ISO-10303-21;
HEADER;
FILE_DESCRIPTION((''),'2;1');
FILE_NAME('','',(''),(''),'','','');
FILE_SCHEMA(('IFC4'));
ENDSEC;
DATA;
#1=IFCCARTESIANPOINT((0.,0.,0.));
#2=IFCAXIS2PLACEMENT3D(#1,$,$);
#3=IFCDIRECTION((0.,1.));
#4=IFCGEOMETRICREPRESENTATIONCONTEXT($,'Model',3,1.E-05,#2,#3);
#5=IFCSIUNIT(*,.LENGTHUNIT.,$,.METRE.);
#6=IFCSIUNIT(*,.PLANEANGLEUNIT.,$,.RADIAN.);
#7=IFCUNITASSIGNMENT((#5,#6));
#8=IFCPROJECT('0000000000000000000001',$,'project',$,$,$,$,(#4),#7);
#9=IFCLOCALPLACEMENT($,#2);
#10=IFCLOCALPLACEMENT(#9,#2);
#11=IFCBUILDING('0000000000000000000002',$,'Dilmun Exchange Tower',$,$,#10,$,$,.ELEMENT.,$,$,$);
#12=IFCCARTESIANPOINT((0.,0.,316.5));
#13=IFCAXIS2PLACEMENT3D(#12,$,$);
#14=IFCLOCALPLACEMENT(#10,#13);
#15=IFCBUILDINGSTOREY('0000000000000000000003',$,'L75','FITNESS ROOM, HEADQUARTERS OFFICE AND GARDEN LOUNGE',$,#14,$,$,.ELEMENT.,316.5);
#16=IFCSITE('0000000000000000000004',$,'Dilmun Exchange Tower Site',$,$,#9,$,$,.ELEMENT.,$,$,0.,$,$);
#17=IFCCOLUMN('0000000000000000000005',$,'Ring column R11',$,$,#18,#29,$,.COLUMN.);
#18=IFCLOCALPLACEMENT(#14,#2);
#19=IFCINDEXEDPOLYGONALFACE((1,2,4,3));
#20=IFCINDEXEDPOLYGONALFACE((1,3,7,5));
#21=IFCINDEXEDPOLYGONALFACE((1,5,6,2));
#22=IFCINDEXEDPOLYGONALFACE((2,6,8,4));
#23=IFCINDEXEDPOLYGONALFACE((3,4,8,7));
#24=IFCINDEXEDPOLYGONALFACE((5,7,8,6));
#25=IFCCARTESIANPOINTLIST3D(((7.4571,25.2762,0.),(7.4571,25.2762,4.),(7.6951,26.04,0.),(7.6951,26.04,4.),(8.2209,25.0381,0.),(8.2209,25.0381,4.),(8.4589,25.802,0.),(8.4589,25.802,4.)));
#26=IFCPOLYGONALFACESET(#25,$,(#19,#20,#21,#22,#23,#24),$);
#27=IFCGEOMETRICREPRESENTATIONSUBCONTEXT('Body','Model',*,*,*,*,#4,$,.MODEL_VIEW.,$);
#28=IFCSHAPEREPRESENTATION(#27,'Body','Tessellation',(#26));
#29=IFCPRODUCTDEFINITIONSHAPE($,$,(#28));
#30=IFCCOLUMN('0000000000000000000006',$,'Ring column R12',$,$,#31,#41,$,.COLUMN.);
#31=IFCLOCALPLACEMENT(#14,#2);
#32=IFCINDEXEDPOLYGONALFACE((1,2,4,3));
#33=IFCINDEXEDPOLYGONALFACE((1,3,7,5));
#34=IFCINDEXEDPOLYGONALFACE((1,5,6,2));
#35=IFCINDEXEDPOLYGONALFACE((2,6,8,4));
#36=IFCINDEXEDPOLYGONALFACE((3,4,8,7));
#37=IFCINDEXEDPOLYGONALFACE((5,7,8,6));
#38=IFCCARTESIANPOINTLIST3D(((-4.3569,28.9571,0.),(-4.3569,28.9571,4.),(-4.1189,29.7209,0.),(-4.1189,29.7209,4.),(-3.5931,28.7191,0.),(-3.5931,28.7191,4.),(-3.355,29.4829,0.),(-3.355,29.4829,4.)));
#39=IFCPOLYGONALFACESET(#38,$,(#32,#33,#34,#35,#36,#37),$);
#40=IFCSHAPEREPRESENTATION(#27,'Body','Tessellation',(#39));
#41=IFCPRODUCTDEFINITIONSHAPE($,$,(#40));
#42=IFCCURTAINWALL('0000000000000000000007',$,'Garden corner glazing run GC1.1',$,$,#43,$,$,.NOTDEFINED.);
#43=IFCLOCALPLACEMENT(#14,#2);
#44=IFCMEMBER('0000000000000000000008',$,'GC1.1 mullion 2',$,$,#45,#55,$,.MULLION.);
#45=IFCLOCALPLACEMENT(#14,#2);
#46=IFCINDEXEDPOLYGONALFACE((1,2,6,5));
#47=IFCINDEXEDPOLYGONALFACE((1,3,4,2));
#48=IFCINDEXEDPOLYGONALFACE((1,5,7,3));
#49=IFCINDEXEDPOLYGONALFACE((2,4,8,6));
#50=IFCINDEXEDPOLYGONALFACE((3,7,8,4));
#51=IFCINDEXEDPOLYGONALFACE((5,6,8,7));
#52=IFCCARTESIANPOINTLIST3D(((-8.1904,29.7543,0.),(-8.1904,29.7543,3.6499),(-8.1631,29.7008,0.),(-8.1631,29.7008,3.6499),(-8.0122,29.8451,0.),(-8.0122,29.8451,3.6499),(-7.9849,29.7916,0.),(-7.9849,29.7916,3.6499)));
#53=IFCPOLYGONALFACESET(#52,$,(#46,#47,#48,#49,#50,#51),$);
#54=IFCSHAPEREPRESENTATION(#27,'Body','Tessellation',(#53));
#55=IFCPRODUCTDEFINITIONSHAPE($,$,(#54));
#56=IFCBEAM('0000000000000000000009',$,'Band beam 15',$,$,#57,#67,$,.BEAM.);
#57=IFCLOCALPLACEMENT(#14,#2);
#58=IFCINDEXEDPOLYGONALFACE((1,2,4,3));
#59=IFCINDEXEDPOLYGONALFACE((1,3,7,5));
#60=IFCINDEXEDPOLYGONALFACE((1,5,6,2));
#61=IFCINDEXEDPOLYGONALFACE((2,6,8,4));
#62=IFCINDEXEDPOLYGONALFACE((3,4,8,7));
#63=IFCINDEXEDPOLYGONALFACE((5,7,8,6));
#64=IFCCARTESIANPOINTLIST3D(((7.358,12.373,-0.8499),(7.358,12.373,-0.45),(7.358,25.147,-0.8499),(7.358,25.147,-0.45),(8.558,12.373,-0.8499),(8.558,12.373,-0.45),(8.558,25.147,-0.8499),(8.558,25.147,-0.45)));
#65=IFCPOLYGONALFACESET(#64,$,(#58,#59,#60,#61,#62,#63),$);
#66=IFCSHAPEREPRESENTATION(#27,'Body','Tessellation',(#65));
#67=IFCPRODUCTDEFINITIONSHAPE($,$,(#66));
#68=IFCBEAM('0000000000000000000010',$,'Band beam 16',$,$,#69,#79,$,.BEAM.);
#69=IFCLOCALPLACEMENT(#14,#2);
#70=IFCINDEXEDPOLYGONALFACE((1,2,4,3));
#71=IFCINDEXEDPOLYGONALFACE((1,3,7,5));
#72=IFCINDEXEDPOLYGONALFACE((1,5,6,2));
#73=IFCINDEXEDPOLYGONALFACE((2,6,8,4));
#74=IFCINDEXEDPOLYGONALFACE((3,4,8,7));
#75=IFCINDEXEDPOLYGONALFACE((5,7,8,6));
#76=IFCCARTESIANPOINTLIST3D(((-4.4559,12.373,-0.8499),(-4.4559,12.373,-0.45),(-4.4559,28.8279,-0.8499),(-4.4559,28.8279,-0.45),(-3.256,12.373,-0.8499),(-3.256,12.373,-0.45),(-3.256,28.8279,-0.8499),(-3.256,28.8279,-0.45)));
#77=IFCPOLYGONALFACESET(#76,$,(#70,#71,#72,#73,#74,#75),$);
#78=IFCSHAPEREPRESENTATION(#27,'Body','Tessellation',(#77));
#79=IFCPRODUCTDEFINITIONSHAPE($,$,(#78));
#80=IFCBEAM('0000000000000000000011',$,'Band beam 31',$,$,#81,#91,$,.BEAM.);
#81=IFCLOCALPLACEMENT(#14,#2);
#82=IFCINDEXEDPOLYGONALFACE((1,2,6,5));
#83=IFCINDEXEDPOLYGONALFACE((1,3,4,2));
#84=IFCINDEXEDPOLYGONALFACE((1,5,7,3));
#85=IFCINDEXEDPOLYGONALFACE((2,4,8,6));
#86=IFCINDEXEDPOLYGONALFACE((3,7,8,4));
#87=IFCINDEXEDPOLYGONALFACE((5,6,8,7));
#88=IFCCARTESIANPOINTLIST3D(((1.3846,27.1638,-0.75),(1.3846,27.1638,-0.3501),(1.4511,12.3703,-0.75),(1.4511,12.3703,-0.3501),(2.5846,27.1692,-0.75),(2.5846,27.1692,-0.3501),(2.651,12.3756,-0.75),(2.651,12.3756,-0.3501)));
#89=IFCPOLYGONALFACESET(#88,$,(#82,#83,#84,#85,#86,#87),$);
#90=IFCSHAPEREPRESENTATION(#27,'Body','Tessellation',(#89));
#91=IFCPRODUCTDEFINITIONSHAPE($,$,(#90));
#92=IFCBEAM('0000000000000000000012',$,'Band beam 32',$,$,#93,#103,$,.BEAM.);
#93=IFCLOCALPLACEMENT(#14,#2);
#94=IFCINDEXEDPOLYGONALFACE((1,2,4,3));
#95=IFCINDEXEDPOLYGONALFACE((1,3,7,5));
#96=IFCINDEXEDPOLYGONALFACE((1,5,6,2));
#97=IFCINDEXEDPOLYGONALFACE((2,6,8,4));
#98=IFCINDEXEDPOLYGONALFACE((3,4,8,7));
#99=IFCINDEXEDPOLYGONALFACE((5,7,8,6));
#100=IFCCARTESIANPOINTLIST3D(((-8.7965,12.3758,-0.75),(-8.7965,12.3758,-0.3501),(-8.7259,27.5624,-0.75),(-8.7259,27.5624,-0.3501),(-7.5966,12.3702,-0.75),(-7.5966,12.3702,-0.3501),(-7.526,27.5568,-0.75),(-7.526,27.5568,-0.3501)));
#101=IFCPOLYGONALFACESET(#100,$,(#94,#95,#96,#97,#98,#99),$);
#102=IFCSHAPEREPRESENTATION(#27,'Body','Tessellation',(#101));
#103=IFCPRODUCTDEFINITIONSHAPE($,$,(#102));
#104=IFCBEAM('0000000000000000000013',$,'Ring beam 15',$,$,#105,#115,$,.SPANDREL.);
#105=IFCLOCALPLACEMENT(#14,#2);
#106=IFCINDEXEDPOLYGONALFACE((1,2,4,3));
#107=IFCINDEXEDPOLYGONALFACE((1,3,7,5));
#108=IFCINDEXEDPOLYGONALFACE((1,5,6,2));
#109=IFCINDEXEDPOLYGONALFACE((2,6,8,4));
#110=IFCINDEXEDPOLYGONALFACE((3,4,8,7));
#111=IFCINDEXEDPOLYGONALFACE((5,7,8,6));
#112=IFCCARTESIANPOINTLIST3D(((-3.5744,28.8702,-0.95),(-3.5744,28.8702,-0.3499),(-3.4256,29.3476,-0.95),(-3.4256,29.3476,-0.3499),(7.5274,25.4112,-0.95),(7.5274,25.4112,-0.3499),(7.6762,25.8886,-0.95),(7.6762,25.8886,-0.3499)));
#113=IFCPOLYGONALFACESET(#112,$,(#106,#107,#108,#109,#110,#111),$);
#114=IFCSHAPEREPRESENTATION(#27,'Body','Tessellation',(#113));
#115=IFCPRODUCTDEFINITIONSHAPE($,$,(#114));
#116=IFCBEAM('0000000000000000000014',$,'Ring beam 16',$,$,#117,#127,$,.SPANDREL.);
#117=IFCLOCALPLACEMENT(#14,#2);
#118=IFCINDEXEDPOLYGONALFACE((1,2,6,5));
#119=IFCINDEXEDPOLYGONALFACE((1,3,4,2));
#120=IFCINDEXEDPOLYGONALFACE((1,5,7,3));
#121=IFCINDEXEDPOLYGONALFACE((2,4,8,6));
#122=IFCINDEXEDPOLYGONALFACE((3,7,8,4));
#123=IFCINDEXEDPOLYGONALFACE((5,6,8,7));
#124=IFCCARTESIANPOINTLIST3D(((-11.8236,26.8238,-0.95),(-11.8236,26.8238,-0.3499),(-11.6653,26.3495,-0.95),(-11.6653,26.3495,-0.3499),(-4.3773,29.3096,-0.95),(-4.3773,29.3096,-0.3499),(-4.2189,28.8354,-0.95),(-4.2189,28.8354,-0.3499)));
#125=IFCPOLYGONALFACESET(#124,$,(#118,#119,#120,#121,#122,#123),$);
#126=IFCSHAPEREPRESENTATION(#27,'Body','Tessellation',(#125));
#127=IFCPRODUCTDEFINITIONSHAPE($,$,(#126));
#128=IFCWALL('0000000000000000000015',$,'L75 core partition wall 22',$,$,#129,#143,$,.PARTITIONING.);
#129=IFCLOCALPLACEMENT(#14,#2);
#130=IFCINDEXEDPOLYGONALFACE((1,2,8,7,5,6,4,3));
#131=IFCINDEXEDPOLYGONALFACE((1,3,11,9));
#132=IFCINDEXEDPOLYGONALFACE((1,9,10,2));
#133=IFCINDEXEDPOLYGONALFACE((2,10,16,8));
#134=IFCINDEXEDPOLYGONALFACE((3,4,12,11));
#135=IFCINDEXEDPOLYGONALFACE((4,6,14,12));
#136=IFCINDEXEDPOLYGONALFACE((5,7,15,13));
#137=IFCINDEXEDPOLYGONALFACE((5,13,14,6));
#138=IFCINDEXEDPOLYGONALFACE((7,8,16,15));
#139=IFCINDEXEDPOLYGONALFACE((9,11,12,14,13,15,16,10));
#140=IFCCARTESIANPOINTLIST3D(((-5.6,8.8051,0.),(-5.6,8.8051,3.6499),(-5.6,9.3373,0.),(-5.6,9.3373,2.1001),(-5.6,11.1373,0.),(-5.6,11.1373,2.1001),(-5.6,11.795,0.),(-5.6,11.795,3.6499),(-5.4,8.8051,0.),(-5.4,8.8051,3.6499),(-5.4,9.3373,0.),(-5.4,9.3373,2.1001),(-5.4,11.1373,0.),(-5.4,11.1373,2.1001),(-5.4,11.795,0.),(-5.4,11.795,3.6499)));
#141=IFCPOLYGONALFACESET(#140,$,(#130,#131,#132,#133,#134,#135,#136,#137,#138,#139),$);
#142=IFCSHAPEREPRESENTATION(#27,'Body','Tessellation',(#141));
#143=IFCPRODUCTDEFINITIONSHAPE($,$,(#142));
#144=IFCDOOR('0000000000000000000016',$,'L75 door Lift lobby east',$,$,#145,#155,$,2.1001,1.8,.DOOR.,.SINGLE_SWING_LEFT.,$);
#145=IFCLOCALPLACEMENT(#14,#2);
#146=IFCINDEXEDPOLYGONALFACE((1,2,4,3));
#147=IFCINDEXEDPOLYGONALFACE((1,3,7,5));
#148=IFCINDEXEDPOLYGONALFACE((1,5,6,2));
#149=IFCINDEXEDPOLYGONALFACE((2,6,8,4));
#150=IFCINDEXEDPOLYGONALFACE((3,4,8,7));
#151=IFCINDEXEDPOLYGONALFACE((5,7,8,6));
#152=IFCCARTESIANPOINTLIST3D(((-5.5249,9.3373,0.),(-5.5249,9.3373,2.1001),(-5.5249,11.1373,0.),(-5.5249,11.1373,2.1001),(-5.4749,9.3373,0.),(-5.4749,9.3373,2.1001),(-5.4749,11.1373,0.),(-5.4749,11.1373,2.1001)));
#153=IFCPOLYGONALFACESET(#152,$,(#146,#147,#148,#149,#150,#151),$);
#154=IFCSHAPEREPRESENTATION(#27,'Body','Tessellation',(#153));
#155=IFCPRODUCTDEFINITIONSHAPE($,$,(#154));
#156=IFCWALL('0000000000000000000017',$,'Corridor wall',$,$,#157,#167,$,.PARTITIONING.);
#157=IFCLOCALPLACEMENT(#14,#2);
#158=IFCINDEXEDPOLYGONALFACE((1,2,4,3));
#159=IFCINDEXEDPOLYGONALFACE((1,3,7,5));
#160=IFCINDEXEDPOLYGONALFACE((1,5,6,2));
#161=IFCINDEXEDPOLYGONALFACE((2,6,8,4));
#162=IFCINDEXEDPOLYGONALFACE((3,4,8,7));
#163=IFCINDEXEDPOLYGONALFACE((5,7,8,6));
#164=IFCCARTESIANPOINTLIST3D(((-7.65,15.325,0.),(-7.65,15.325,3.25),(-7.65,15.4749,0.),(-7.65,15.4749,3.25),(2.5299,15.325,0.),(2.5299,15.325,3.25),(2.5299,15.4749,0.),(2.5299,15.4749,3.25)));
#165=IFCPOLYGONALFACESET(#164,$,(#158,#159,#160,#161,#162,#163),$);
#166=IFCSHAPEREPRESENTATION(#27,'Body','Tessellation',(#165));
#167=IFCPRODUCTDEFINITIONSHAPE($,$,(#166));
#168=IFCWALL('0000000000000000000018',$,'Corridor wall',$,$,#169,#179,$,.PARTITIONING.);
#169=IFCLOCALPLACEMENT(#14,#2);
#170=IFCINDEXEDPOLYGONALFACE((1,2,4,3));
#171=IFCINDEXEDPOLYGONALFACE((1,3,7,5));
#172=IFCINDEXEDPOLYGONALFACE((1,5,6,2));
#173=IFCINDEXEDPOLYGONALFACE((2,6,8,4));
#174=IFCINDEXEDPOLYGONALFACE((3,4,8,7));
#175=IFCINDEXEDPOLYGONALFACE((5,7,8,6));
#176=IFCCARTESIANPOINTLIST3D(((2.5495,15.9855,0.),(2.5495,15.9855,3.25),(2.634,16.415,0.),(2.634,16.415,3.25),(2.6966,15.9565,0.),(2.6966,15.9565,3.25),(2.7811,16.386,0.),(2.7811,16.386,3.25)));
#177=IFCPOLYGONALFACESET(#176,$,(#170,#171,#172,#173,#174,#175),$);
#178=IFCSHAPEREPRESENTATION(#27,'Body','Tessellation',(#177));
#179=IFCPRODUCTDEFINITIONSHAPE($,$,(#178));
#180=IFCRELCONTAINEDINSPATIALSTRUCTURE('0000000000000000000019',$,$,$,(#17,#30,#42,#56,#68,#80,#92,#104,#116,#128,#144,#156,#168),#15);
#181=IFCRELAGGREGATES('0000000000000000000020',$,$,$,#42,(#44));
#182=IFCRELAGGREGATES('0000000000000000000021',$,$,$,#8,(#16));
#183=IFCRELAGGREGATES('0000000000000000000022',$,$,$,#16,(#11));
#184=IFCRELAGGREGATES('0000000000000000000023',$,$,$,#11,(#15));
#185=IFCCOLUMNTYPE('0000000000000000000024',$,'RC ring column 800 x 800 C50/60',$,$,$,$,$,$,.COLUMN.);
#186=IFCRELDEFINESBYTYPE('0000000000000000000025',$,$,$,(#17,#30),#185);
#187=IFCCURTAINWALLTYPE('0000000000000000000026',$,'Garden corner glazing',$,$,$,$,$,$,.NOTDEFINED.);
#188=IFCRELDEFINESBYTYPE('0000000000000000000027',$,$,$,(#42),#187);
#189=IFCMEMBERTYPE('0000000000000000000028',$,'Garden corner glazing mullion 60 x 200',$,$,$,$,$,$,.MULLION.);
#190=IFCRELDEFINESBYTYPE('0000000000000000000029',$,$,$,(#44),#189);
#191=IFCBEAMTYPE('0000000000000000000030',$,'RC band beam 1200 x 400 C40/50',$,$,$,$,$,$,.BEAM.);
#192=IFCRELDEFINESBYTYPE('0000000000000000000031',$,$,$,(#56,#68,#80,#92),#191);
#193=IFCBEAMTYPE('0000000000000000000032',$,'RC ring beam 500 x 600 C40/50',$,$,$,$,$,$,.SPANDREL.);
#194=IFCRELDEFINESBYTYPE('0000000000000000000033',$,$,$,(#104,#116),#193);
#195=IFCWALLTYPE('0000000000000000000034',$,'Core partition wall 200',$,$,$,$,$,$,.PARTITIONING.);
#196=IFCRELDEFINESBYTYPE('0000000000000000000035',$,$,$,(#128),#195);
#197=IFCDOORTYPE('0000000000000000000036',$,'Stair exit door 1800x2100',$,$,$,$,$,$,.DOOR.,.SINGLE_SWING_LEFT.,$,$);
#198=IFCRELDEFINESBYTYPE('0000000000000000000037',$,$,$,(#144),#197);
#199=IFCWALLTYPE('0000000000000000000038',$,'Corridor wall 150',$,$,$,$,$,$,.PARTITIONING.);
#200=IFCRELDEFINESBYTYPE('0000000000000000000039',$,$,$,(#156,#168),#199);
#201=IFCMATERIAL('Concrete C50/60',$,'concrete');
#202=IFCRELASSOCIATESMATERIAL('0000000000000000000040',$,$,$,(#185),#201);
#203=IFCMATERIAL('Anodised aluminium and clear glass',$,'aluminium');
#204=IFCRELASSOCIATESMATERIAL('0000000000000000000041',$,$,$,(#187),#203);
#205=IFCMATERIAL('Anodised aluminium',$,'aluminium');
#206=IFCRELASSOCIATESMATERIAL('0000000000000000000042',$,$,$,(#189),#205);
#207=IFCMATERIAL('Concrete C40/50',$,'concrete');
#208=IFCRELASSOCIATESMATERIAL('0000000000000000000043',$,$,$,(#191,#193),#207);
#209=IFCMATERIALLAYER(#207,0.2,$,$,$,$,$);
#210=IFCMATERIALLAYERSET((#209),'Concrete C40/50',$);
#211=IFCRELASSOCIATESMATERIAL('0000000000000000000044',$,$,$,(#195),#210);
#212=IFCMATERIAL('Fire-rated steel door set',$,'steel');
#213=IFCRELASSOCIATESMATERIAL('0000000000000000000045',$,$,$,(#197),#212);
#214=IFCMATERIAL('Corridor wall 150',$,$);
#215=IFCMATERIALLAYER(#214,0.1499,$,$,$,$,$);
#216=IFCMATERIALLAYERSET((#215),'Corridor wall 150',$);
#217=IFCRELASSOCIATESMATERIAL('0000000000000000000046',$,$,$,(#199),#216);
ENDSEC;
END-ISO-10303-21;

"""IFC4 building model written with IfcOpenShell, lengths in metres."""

from ifc_helpers import new_model, si_unit, direction, frame, frame_2d, origin, origin_2d, place, context, subcontext, project, spatial, rectangle, extrude, material, layer, layer_set, material_profile, profile_set, type_object, element, fill, aggregate, save


model = new_model("IFC4")

# Units and contexts
model_context = context("Model", 3, precision=1e-05, world=origin(), true_north=direction((0.0, 1.0)))
body_context = subcontext(model_context, "Body", "Model", "MODEL_VIEW")
ifc_project = project(units=[si_unit("LENGTHUNIT", "METRE"), si_unit("PLANEANGLEUNIT", "RADIAN")], contexts=[model_context])

# Site, building, storey
site_placement = place(None, origin())
site = spatial("IfcSite", under=ifc_project, at=site_placement, Name="Dilmun Exchange Tower Site", CompositionType="ELEMENT", RefElevation=0.0)
building_placement = place(site_placement, origin())
building = spatial("IfcBuilding", under=site, at=building_placement, Name="Dilmun Exchange Tower", CompositionType="ELEMENT")
storey_placement = place(building_placement, frame((0.0, 0.0, 316.5)))
storey = spatial("IfcBuildingStorey", under=building, at=storey_placement, Name="L75", Description="FITNESS ROOM, HEADQUARTERS OFFICE AND GARDEN LOUNGE", CompositionType="ELEMENT", Elevation=316.5)

# Columns
ifc_material_1 = material(Name="Concrete C50/60", Category="concrete")
ifc_material_profile_1 = material_profile(ifc_material_1, rectangle(XDim=0.8, YDim=0.8, at=origin_2d()), Name="800 x 800")
ifc_profile_set_1 = profile_set([ifc_material_profile_1], Name="Concrete C50/60")
column_type = type_object("IfcColumnType", Name="RC ring column 800 x 800 C50/60", PredefinedType="COLUMN", material=ifc_profile_set_1)
for number, where, z_axis, x_axis, name in (
    (1, (7.958, 25.5391, 0.0), (0.0, 0.0, 1.0), (0.297503, 0.954721, 0.0), "Ring column R11"),
    (2, (-3.856, 29.22, 0.0), (0.0, 0.0, 1.0), (0.297503, 0.954721, 0.0), "Ring column R12"),
):
    element("IfcColumn", number, at=place(storey_placement, frame(where, z_axis=z_axis, x_axis=x_axis)), inside=storey, type_object=column_type, Name=name, PredefinedType="COLUMN", context=body_context, shape_type="SweptSolid", body=[
        extrude(rectangle(XDim=0.8, YDim=0.8, at=origin_2d()), origin(), (0.0, 0.0, 1.0), 4.0),
    ])

# Curtain wall, member
ifc_material_2 = material(Name="Anodised aluminium and clear glass", Category="aluminium")
curtain_wall_type = type_object("IfcCurtainWallType", Name="Garden corner glazing", PredefinedType="NOTDEFINED", material=ifc_material_2)
curtain_wall_placement = place(storey_placement, origin())
curtain_wall = element("IfcCurtainWall", 3, at=curtain_wall_placement, inside=storey, type_object=curtain_wall_type, Name="Garden corner glazing run GC1.1", PredefinedType="NOTDEFINED")
ifc_material_3 = material(Name="Anodised aluminium", Category="aluminium")
ifc_material_profile_2 = material_profile(ifc_material_3, rectangle(XDim=0.2, YDim=0.0601, at=origin_2d()), Name="AL 60x200")
ifc_profile_set_2 = profile_set([ifc_material_profile_2], Name="Anodised aluminium")
member_type = type_object("IfcMemberType", Name="Garden corner glazing mullion 60 x 200", PredefinedType="MULLION", material=ifc_profile_set_2)
member_placement = place(storey_placement, frame((-8.0876, 29.7729, 0.0), z_axis=(0.0, 0.0, 1.0), x_axis=(0.891011, 0.453982, 0.0)))
member = element("IfcMember", 4, at=member_placement, type_object=member_type, Name="GC1.1 mullion 2", PredefinedType="MULLION", context=body_context, shape_type="SweptSolid", body=[
    extrude(rectangle(XDim=0.2, YDim=0.0601, at=origin_2d()), origin(), (0.0, 0.0, 1.0), 3.6499),
])
aggregate(curtain_wall, [member])

# Beams
ifc_material_4 = material(Name="Concrete C40/50", Category="concrete")
ifc_material_profile_3 = material_profile(ifc_material_4, rectangle(XDim=1.2, YDim=0.3999, at=origin_2d()), Name="1200 x 400")
ifc_profile_set_3 = profile_set([ifc_material_profile_3], Name="Concrete C40/50")
beam_type_1 = type_object("IfcBeamType", Name="RC band beam 1200 x 400 C40/50", PredefinedType="BEAM", material=ifc_profile_set_3)
beam_1_placement = place(storey_placement, frame((7.958, 25.147, -0.6499), z_axis=(0.0, -1.0, 0.0), x_axis=(1.0, 0.0, 0.0)))
element("IfcBeam", 5, at=beam_1_placement, inside=storey, type_object=beam_type_1, Name="Band beam 15", PredefinedType="BEAM", context=body_context, shape_type="SweptSolid", body=[
    extrude(rectangle(XDim=1.2, YDim=0.3999, at=origin_2d()), origin(), (0.0, 0.0, 1.0), 12.7739),
])
beam_2_placement = place(storey_placement, frame((-3.856, 28.8279, -0.6499), z_axis=(0.0, -1.0, 0.0), x_axis=(1.0, 0.0, 0.0)))
element("IfcBeam", 6, at=beam_2_placement, inside=storey, type_object=beam_type_1, Name="Band beam 16", PredefinedType="BEAM", context=body_context, shape_type="SweptSolid", body=[
    extrude(rectangle(XDim=1.2, YDim=0.3999, at=origin_2d()), origin(), (0.0, 0.0, 1.0), 16.4548),
])
beam_3_placement = place(storey_placement, frame((1.9846, 27.1665, -0.55), z_axis=(0.004489, -0.99999, 0.0), x_axis=(0.99999, 0.004489, 0.0)))
element("IfcBeam", 7, at=beam_3_placement, inside=storey, type_object=beam_type_1, Name="Band beam 31", PredefinedType="BEAM", context=body_context, shape_type="SweptSolid", body=[
    extrude(rectangle(XDim=1.2, YDim=0.3999, at=origin_2d()), origin(), (0.0, 0.0, 1.0), 14.7937),
])
beam_4_placement = place(storey_placement, frame((-8.126, 27.5596, -0.55), z_axis=(-0.004646, -0.999989, 0.0), x_axis=(0.999989, -0.004646, 0.0)))
element("IfcBeam", 8, at=beam_4_placement, inside=storey, type_object=beam_type_1, Name="Band beam 32", PredefinedType="BEAM", context=body_context, shape_type="SweptSolid", body=[
    extrude(rectangle(XDim=1.2, YDim=0.3999, at=origin_2d()), origin(), (0.0, 0.0, 1.0), 15.1868),
])
ifc_material_profile_4 = material_profile(ifc_material_4, rectangle(XDim=0.5, YDim=0.6001, at=origin_2d()), Name="500 x 600")
ifc_profile_set_4 = profile_set([ifc_material_profile_4], Name="Concrete C40/50")
beam_type_2 = type_object("IfcBeamType", Name="RC ring beam 500 x 600 C40/50", PredefinedType="SPANDREL", material=ifc_profile_set_4)
beam_5_placement = place(storey_placement, frame((7.6018, 25.6499, -0.6499), z_axis=(-0.954733, 0.297466, 0.0), x_axis=(-0.297466, -0.954733, 0.0)))
element("IfcBeam", 9, at=beam_5_placement, inside=storey, type_object=beam_type_2, Name="Ring beam 15", PredefinedType="SPANDREL", context=body_context, shape_type="SweptSolid", body=[
    extrude(rectangle(XDim=0.5, YDim=0.6001, at=origin_2d()), origin(), (0.0, 0.0, 1.0), 11.6282),
])
beam_6_placement = place(storey_placement, frame((-4.2981, 29.0725, -0.6499), z_axis=(-0.94854, -0.316657, 0.0), x_axis=(0.316657, -0.94854, 0.0)))
element("IfcBeam", 10, at=beam_6_placement, inside=storey, type_object=beam_type_2, Name="Ring beam 16", PredefinedType="SPANDREL", context=body_context, shape_type="SweptSolid", body=[
    extrude(rectangle(XDim=0.5, YDim=0.6001, at=origin_2d()), origin(), (0.0, 0.0, 1.0), 7.8503),
])

# Wall, opening, door
ifc_layer_1 = layer(ifc_material_4, 0.2)
ifc_layer_set_1 = layer_set([ifc_layer_1], Name="Concrete C40/50")
wall_type_1 = type_object("IfcWallType", Name="Core partition wall 200", PredefinedType="PARTITIONING", material=ifc_layer_set_1)
wall_1_placement = place(storey_placement, frame((-5.5, 8.8049, 0.0), z_axis=(0.0, 0.0, 1.0), x_axis=(0.0, 1.0, 0.0)))
wall_1 = element("IfcWall", 11, at=wall_1_placement, inside=storey, type_object=wall_type_1, Name="L75 core partition wall 22", PredefinedType="PARTITIONING", context=body_context, shape_type="SweptSolid", body=[
    extrude(rectangle(XDim=2.99, YDim=0.2, at=frame_2d((1.4951, 0.0))), origin(), (0.0, 0.0, 1.0), 3.6499),
])
opening_placement = place(wall_1_placement, frame((0.5325, 0.0, 0.0)))
opening = element("IfcOpeningElement", 12, at=opening_placement, cuts=wall_1, PredefinedType="OPENING", context=body_context, shape_type="SweptSolid", body=[
    extrude(rectangle(XDim=1.8, YDim=2.1001, at=frame_2d((0.8999, 1.05))), frame((0.0, 0.1099, 0.0), z_axis=(0.0, -1.0, 0.0), x_axis=(1.0, 0.0, 0.0)), (0.0, 0.0, 1.0), 0.22),
])
ifc_material_5 = material(Name="Fire-rated steel door set", Category="steel")
door_type = type_object("IfcDoorType", Name="Stair exit door 1800x2100", OperationType="SINGLE_SWING_LEFT", PredefinedType="DOOR", material=ifc_material_5)
door_placement = place(opening_placement, origin())
door = element("IfcDoor", 13, at=door_placement, inside=storey, type_object=door_type, Name="L75 door Lift lobby east", OperationType="SINGLE_SWING_LEFT", OverallHeight=2.1001, OverallWidth=1.8, PredefinedType="DOOR", context=body_context, shape_type="SweptSolid", body=[
    extrude(rectangle(XDim=1.8, YDim=2.1001, at=frame_2d((0.8999, 1.05))), frame((0.0, 0.0249, 0.0), z_axis=(0.0, -1.0, 0.0), x_axis=(1.0, 0.0, 0.0)), (0.0, 0.0, 1.0), 0.05),
])
fill(opening, door)

# Walls
ifc_material_6 = material(Name="Corridor wall 150")
ifc_layer_2 = layer(ifc_material_6, 0.1499)
ifc_layer_set_2 = layer_set([ifc_layer_2], Name="Corridor wall 150")
wall_type_2 = type_object("IfcWallType", Name="Corridor wall 150", PredefinedType="PARTITIONING", material=ifc_layer_set_2)
wall_2_placement = place(storey_placement, frame((-7.6499, 15.3999, 0.0), z_axis=(0.0, 0.0, 1.0), x_axis=(1.0, 0.0, 0.0)))
element("IfcWall", 14, at=wall_2_placement, inside=storey, type_object=wall_type_2, Name="Corridor wall", PredefinedType="PARTITIONING", context=body_context, shape_type="SweptSolid", body=[
    extrude(rectangle(XDim=10.1799, YDim=0.1499, at=frame_2d((5.0898, 0.0))), origin(), (0.0, 0.0, 1.0), 3.25),
])
wall_3_placement = place(storey_placement, frame((2.7075, 16.4004, 0.0), z_axis=(0.0, 0.0, 1.0), x_axis=(-0.193004, -0.981198, 0.0)))
element("IfcWall", 15, at=wall_3_placement, inside=storey, type_object=wall_type_2, Name="Corridor wall", PredefinedType="PARTITIONING", context=body_context, shape_type="SweptSolid", body=[
    extrude(rectangle(XDim=0.4377, YDim=0.1499, at=frame_2d((0.2188, 0.0))), origin(), (0.0, 0.0, 1.0), 3.25),
])

save(model, "model.ifc")
